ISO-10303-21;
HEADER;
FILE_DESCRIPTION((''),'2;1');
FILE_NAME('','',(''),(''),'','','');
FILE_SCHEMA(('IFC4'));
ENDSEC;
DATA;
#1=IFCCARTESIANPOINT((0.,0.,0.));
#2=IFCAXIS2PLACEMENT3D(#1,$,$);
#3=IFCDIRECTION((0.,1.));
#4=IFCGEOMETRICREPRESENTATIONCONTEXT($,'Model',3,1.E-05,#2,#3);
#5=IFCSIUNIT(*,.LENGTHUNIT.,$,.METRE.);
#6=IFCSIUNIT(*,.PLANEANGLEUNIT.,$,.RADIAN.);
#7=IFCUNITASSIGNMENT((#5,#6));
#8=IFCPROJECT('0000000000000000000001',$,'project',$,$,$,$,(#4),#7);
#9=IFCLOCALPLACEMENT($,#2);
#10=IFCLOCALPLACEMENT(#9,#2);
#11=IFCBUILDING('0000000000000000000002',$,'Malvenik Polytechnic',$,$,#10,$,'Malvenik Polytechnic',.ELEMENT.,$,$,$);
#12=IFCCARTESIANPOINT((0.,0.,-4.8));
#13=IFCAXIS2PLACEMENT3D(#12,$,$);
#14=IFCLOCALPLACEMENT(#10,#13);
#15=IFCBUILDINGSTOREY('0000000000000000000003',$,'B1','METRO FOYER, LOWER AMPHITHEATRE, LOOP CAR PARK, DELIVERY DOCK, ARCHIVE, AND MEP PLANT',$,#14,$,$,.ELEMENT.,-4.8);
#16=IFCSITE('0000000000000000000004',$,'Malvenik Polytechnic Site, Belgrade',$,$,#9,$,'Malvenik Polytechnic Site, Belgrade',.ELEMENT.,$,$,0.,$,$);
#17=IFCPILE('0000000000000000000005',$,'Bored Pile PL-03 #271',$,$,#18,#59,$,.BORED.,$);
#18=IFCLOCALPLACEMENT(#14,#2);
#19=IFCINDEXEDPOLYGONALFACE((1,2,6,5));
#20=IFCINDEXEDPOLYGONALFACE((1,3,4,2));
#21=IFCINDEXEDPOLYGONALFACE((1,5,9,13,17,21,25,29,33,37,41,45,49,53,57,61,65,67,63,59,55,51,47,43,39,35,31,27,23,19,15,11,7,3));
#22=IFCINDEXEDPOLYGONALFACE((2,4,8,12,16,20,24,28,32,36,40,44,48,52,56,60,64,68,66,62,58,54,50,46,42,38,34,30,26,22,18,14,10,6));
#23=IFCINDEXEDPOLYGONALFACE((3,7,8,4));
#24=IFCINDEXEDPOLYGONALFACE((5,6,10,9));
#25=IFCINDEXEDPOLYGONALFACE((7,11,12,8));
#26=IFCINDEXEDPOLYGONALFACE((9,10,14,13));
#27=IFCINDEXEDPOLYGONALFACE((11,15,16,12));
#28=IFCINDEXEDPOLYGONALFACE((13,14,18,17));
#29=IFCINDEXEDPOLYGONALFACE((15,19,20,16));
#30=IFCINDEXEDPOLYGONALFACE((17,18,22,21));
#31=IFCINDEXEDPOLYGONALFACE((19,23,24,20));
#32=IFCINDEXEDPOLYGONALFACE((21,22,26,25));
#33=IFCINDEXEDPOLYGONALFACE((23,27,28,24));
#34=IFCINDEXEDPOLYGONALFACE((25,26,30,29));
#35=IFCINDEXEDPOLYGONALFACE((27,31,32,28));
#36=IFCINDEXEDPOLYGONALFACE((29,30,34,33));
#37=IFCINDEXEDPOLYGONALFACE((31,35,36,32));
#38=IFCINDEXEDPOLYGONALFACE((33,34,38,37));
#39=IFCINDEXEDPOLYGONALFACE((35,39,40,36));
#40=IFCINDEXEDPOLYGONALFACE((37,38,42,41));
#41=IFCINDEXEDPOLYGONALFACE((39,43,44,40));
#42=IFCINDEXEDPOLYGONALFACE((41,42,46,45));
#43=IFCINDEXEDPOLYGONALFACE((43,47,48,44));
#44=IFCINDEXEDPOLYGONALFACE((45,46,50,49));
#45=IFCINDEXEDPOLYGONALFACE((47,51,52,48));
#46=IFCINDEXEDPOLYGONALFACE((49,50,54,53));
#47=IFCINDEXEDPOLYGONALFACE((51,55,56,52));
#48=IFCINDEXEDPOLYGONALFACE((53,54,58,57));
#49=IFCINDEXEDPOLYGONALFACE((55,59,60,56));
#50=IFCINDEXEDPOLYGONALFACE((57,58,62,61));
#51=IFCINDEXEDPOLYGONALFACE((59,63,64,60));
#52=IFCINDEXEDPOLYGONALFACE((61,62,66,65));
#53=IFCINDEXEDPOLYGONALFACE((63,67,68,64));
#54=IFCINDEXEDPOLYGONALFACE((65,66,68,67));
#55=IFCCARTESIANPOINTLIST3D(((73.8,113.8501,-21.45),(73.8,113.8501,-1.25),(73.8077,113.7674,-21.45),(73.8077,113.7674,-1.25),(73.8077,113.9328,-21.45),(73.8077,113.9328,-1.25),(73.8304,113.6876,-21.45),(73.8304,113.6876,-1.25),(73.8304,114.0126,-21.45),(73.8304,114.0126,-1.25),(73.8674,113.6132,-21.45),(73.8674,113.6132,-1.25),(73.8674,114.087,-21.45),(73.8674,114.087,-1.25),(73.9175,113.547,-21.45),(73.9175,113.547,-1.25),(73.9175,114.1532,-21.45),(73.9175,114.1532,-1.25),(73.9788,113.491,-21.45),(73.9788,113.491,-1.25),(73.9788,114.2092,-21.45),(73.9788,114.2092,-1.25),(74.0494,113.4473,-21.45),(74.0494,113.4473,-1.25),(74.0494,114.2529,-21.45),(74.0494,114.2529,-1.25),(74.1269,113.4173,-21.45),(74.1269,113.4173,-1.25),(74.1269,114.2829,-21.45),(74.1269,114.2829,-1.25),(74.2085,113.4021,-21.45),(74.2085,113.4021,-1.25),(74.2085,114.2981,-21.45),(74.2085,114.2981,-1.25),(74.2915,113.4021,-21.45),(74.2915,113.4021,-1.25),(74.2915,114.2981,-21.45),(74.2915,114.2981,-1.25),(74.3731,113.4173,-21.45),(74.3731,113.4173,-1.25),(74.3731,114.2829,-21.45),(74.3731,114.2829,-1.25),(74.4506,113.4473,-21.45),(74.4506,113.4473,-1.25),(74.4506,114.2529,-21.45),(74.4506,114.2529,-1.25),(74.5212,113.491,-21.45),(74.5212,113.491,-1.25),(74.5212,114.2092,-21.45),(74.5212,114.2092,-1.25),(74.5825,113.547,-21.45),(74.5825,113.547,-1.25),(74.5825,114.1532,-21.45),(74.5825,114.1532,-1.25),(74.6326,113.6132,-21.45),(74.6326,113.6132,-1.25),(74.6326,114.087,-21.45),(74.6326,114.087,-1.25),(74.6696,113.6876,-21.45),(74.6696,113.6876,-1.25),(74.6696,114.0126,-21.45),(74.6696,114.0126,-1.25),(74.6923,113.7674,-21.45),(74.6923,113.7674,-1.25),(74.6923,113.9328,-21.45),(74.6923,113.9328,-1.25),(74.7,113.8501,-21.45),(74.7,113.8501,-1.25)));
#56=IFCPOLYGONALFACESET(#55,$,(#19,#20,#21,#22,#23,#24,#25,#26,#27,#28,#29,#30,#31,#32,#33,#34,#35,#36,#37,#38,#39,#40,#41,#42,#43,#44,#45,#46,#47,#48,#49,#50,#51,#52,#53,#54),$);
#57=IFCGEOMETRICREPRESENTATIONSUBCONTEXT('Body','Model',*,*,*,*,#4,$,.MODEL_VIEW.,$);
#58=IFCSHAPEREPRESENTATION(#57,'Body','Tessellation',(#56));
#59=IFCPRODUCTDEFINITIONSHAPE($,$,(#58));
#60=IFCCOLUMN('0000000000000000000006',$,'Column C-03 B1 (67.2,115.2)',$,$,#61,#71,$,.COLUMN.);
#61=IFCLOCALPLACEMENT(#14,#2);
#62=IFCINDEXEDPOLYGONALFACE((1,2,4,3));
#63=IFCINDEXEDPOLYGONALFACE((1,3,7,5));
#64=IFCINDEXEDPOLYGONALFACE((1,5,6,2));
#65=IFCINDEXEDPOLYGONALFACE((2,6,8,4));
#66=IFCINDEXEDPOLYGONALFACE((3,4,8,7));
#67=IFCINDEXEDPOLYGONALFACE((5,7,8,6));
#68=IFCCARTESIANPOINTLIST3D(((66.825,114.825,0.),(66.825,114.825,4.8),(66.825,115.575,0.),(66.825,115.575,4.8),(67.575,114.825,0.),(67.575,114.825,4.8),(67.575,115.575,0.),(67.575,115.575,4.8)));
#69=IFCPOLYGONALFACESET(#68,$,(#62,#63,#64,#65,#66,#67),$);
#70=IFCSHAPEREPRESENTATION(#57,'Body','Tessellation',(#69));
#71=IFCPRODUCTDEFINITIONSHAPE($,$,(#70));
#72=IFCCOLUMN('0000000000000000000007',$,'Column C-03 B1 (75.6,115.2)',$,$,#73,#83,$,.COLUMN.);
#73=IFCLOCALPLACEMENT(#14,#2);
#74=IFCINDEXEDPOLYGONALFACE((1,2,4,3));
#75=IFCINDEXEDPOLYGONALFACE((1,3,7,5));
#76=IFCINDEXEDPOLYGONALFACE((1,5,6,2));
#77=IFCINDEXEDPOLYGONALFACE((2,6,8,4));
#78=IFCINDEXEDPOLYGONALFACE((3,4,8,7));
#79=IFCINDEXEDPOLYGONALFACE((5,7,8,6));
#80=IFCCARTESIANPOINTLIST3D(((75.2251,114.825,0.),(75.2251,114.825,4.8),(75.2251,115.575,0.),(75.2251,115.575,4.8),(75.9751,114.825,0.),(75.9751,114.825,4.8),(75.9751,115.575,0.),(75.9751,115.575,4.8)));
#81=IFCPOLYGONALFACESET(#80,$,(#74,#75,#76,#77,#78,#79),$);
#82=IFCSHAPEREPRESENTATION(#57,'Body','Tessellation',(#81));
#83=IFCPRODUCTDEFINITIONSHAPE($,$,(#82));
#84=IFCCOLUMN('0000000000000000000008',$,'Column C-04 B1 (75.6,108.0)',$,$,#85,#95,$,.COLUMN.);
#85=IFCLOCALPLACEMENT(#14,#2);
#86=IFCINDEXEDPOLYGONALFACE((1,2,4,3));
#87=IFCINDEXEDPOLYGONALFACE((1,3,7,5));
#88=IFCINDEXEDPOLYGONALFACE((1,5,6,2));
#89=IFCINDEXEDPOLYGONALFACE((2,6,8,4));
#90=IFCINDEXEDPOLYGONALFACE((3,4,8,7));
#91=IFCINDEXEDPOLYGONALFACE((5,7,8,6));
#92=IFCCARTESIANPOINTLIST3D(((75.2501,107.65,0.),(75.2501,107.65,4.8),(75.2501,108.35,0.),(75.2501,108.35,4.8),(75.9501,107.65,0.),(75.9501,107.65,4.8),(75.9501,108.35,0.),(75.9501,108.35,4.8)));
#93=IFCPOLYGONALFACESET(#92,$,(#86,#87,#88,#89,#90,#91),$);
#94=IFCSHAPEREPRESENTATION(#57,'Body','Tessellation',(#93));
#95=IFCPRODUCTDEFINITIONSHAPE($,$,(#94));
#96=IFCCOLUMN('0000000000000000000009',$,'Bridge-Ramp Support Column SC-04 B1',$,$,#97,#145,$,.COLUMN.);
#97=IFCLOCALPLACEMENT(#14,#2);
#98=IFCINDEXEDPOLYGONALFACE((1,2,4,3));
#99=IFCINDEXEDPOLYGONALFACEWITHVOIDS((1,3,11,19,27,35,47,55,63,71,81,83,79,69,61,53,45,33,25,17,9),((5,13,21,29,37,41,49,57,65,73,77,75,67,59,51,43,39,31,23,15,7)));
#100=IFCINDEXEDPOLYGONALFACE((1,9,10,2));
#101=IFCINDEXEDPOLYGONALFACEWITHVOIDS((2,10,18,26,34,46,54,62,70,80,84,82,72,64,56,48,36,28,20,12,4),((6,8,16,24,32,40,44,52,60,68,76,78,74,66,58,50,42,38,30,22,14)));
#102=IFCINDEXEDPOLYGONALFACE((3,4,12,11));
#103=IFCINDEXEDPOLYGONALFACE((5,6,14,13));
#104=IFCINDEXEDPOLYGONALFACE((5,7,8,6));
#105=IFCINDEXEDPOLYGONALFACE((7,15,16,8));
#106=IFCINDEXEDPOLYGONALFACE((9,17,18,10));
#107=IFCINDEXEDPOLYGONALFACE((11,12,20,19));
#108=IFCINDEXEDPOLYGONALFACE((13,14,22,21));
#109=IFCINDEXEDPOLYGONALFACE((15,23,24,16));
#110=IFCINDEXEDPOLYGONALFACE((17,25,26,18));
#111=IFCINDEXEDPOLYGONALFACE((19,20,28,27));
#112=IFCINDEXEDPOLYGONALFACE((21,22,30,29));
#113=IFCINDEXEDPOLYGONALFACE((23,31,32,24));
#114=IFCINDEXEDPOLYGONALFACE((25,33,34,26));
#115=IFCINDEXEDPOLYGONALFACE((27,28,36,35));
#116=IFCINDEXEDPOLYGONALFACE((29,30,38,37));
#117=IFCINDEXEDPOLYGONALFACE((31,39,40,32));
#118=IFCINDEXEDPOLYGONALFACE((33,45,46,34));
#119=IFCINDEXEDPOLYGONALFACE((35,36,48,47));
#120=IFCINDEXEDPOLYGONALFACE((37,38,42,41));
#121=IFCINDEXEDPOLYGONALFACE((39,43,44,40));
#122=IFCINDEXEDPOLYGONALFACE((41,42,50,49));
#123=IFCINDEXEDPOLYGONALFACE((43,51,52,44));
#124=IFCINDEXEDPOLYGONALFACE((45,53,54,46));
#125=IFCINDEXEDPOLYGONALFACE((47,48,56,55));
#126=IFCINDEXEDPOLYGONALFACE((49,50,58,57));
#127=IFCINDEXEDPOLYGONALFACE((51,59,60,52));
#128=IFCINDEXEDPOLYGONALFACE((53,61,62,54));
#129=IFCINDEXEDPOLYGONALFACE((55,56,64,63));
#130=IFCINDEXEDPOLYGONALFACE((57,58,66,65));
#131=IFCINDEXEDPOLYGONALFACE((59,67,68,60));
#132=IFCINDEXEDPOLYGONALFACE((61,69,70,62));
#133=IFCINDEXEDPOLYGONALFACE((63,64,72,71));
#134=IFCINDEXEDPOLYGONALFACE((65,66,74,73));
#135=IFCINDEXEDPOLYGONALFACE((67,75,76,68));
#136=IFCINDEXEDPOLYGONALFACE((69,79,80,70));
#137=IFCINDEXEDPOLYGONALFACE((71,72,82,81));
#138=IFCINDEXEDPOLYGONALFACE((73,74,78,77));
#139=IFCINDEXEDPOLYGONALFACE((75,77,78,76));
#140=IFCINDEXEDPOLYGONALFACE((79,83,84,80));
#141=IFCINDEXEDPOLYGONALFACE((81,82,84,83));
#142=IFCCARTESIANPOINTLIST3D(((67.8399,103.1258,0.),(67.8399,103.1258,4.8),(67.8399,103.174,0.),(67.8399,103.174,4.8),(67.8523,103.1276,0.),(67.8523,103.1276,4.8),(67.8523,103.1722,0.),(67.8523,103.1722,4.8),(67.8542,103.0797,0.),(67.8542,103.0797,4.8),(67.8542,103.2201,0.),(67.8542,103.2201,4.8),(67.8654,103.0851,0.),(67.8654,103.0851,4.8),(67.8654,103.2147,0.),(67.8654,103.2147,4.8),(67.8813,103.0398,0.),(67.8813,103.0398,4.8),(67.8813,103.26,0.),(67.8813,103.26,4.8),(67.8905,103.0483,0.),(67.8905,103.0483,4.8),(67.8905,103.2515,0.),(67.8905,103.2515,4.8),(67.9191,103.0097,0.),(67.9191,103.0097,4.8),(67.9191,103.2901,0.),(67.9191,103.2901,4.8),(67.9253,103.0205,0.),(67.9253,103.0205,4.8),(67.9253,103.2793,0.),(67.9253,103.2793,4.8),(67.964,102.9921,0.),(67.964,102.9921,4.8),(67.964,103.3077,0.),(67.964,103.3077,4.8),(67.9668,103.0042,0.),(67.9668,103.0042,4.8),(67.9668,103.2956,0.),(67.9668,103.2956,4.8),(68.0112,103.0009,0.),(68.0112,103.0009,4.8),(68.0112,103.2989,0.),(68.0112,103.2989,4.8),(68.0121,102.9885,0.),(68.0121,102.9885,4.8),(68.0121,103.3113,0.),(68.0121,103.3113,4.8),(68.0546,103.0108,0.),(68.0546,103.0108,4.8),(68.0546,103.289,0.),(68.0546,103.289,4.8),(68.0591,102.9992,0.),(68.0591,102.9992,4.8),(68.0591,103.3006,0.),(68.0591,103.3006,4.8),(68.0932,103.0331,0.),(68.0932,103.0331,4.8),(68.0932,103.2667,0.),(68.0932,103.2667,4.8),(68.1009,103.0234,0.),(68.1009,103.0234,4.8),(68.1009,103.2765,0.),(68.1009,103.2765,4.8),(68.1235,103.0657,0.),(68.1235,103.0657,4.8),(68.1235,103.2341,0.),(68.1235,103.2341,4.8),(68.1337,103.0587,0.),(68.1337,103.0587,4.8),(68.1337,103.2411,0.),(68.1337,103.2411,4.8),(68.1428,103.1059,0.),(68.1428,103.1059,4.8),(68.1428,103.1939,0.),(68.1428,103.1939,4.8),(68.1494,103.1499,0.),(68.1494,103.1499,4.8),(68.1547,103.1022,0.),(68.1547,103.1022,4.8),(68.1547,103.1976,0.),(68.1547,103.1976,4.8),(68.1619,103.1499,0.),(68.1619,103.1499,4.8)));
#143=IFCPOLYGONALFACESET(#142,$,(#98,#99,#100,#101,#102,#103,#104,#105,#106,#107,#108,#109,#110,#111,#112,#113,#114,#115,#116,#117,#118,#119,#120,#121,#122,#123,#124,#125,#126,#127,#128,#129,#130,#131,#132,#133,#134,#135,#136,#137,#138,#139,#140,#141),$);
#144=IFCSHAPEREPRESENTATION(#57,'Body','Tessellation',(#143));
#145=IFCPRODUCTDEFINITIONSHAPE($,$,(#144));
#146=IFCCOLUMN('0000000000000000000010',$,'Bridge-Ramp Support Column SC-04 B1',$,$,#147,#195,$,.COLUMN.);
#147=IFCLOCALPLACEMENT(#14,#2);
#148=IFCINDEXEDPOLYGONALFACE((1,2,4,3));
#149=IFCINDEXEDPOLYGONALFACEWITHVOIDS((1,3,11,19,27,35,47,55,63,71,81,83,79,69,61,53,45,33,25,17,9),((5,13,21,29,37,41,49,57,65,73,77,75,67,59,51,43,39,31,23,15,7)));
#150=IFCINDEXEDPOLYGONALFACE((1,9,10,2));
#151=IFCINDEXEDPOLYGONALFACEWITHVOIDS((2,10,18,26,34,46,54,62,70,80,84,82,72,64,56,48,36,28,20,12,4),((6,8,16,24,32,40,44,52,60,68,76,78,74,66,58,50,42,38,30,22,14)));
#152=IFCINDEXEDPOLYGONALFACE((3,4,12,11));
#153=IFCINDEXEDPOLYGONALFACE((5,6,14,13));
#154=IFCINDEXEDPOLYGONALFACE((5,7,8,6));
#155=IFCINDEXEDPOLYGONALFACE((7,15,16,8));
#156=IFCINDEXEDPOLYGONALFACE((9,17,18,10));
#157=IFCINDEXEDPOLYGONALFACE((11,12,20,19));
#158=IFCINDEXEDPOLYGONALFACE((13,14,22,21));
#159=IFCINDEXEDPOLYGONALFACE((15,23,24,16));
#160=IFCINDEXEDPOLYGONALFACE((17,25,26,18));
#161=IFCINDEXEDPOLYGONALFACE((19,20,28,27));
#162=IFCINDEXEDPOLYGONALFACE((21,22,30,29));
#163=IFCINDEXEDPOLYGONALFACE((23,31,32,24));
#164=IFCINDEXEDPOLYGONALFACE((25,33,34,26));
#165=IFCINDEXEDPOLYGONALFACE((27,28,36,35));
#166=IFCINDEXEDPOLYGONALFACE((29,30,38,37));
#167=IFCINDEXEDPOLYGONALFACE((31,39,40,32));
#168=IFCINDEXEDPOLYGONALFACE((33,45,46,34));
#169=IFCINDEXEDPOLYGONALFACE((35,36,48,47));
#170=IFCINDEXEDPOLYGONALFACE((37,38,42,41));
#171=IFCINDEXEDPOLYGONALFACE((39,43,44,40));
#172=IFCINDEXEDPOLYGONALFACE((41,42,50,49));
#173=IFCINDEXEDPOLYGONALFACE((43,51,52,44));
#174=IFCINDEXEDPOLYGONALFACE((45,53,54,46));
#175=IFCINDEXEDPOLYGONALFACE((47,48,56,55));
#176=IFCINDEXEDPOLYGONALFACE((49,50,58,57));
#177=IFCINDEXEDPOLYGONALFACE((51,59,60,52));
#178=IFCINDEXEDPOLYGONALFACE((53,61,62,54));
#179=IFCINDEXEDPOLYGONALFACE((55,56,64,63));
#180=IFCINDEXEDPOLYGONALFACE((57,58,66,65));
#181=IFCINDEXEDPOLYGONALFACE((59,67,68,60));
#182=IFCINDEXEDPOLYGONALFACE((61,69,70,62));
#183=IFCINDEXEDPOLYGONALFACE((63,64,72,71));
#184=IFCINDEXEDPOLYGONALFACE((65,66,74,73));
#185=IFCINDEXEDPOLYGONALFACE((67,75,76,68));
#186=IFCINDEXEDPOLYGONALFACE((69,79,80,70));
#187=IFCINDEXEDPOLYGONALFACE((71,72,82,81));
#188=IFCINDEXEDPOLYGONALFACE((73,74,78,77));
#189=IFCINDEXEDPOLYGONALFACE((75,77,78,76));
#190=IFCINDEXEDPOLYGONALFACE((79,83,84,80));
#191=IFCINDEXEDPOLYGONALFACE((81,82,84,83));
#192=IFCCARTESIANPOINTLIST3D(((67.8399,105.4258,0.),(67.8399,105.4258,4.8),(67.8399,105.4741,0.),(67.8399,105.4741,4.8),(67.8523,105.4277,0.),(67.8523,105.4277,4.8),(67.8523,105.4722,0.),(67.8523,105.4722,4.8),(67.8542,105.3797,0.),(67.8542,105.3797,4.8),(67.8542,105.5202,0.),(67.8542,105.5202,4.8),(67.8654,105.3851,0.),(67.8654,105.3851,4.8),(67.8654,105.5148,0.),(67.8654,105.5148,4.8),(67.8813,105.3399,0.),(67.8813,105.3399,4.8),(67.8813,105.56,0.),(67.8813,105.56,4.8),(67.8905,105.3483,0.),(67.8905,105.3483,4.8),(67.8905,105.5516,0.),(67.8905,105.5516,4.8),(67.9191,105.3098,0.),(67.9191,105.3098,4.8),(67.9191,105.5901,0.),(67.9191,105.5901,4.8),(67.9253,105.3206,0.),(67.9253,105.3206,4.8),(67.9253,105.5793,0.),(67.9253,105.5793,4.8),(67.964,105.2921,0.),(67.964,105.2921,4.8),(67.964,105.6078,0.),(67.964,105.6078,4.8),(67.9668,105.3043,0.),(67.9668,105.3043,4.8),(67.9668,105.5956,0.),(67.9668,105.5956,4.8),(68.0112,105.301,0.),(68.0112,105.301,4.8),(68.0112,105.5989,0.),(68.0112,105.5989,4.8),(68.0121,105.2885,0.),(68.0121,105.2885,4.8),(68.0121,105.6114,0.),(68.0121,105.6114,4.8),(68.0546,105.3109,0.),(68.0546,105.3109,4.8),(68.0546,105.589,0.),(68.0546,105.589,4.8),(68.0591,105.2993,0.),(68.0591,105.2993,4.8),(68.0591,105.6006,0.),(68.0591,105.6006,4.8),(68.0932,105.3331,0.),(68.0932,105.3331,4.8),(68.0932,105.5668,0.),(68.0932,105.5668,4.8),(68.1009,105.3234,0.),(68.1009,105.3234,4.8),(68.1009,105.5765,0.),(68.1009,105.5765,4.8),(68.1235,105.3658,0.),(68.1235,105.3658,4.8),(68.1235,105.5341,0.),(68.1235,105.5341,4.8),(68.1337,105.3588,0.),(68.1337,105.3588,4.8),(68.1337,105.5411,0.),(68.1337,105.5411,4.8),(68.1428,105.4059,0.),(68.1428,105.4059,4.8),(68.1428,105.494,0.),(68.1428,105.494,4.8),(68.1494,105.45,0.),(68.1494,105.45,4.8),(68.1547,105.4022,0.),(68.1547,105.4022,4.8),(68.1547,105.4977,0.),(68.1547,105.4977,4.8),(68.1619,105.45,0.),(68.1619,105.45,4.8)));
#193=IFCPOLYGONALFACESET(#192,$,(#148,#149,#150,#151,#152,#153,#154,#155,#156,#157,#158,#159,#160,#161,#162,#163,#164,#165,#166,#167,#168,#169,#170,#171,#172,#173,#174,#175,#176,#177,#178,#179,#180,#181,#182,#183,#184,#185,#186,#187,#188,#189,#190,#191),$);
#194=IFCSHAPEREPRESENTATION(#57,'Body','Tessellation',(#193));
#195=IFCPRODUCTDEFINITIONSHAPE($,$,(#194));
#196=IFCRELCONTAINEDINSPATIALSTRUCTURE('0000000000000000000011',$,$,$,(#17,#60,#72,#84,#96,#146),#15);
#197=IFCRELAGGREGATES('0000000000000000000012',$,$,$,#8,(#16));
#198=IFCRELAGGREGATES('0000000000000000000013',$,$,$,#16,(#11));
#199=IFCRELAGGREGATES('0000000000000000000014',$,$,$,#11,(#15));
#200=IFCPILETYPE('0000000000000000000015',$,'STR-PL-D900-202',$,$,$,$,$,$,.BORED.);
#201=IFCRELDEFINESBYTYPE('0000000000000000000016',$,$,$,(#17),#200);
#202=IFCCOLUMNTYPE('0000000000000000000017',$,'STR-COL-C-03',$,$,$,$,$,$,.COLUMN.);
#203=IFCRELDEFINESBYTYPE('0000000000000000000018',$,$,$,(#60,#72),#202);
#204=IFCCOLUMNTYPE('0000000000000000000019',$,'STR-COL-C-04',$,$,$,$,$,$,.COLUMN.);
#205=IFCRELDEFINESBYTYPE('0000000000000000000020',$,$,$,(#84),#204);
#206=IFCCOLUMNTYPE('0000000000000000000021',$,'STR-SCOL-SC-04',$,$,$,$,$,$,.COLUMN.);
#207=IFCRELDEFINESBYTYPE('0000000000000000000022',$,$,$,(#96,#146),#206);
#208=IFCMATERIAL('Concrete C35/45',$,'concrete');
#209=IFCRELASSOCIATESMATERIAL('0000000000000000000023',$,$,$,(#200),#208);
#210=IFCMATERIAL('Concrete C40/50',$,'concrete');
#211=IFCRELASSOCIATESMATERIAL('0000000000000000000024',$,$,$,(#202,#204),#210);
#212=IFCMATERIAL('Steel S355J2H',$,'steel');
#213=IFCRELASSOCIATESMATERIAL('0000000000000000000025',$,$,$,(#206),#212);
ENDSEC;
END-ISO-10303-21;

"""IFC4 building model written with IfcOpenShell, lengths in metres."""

from ifc_helpers import new_model, si_unit, direction, frame, origin, origin_2d, place, context, subcontext, project, spatial, rectangle, circle, hollow_circle, extrude, material, material_profile, profile_set, type_object, element, save


model = new_model("IFC4")

# Units and contexts
model_context = context("Model", 3, precision=1e-05, world=origin(), true_north=direction((0.0, 1.0)))
body_context = subcontext(model_context, "Body", "Model", "MODEL_VIEW")
ifc_project = project(units=[si_unit("LENGTHUNIT", "METRE"), si_unit("PLANEANGLEUNIT", "RADIAN")], contexts=[model_context])

# Site, building, storey
site_placement = place(None, origin())
site = spatial("IfcSite", under=ifc_project, at=site_placement, Name="Malvenik Polytechnic Site, Belgrade", LongName="Malvenik Polytechnic Site, Belgrade", CompositionType="ELEMENT", RefElevation=0.0)
building_placement = place(site_placement, origin())
building = spatial("IfcBuilding", under=site, at=building_placement, Name="Malvenik Polytechnic", LongName="Malvenik Polytechnic", CompositionType="ELEMENT")
storey_placement = place(building_placement, frame((0.0, 0.0, -4.8)))
storey = spatial("IfcBuildingStorey", under=building, at=storey_placement, Name="B1", Description="METRO FOYER, LOWER AMPHITHEATRE, LOOP CAR PARK, DELIVERY DOCK, ARCHIVE, AND MEP PLANT", CompositionType="ELEMENT", Elevation=-4.8)

# Shared definitions
ifc_material_1 = material(Name="Concrete C35/45", Category="concrete")

# Pile
ifc_material_profile_1 = material_profile(ifc_material_1, circle(Radius=0.45, at=origin_2d()), Name="BORED PILE D900")
ifc_profile_set_1 = profile_set([ifc_material_profile_1], Name="Concrete C35/45")
pile_type_1 = type_object("IfcPileType", Name="STR-PL-D900-202", PredefinedType="BORED", material=ifc_profile_set_1)
for number, where, z_axis, x_axis, name in (
    (1, (74.25, 113.8501, -1.25), (0.0, 0.0, -1.0), (1.0, 0.0, 0.0), "Bored Pile PL-03 #271"),
):
    element("IfcPile", number, at=place(storey_placement, frame(where, z_axis=z_axis, x_axis=x_axis)), inside=storey, type_object=pile_type_1, Name=name, PredefinedType="BORED", context=body_context, shape_type="SweptSolid", body=[
        extrude(circle(Radius=0.45, at=origin_2d()), origin(), (0.0, 0.0, 1.0), 20.2),
    ])

# Columns
ifc_material_2 = material(Name="Concrete C40/50", Category="concrete")
ifc_material_profile_2 = material_profile(ifc_material_2, rectangle(XDim=0.75, YDim=0.75, at=origin_2d()), Name="RC COL 750x750")
ifc_profile_set_2 = profile_set([ifc_material_profile_2], Name="Concrete C40/50")
column_type_1 = type_object("IfcColumnType", Name="STR-COL-C-03", PredefinedType="COLUMN", material=ifc_profile_set_2)
for number, where, z_axis, x_axis, name in (
    (2, (67.2, 115.2, 0.0), (0.0, 0.0, 1.0), (1.0, 0.0, 0.0), "Column C-03 B1 (67.2,115.2)"),
    (3, (75.6001, 115.2, 0.0), (0.0, 0.0, 1.0), (1.0, 0.0, 0.0), "Column C-03 B1 (75.6,115.2)"),
):
    element("IfcColumn", number, at=place(storey_placement, frame(where, z_axis=z_axis, x_axis=x_axis)), inside=storey, type_object=column_type_1, Name=name, PredefinedType="COLUMN", context=body_context, shape_type="SweptSolid", body=[
        extrude(rectangle(XDim=0.75, YDim=0.75, at=origin_2d()), origin(), (0.0, 0.0, 1.0), 4.8),
    ])
ifc_material_profile_3 = material_profile(ifc_material_2, rectangle(XDim=0.7, YDim=0.7, at=origin_2d()), Name="RC COL 700x700")
ifc_profile_set_3 = profile_set([ifc_material_profile_3], Name="Concrete C40/50")
column_type_2 = type_object("IfcColumnType", Name="STR-COL-C-04", PredefinedType="COLUMN", material=ifc_profile_set_3)
column_placement = place(storey_placement, frame((75.6001, 108.0, 0.0), z_axis=(0.0, 0.0, 1.0), x_axis=(1.0, 0.0, 0.0)))
element("IfcColumn", 4, at=column_placement, inside=storey, type_object=column_type_2, Name="Column C-04 B1 (75.6,108.0)", PredefinedType="COLUMN", context=body_context, shape_type="SweptSolid", body=[
    extrude(rectangle(XDim=0.7, YDim=0.7, at=origin_2d()), origin(), (0.0, 0.0, 1.0), 4.8),
])
ifc_material_3 = material(Name="Steel S355J2H", Category="steel")
ifc_material_profile_4 = material_profile(ifc_material_3, hollow_circle(Radius=0.1619, WallThickness=0.0125, at=origin_2d()), Name="CHS 323.9x12.5")
ifc_profile_set_4 = profile_set([ifc_material_profile_4], Name="Steel S355J2H")
column_type_3 = type_object("IfcColumnType", Name="STR-SCOL-SC-04", PredefinedType="COLUMN", material=ifc_profile_set_4)
for number, where, z_axis, x_axis, name in (
    (5, (68.0, 103.1499, 0.0), (0.0, 0.0, 1.0), (1.0, 0.0, 0.0), "Bridge-Ramp Support Column SC-04 B1"),
    (6, (68.0, 105.45, 0.0), (0.0, 0.0, 1.0), (1.0, 0.0, 0.0), "Bridge-Ramp Support Column SC-04 B1"),
):
    element("IfcColumn", number, at=place(storey_placement, frame(where, z_axis=z_axis, x_axis=x_axis)), inside=storey, type_object=column_type_3, Name=name, PredefinedType="COLUMN", context=body_context, shape_type="SweptSolid", body=[
        extrude(hollow_circle(Radius=0.1619, WallThickness=0.0125, at=origin_2d()), origin(), (0.0, 0.0, 1.0), 4.8),
    ])

save(model, "model.ifc")
